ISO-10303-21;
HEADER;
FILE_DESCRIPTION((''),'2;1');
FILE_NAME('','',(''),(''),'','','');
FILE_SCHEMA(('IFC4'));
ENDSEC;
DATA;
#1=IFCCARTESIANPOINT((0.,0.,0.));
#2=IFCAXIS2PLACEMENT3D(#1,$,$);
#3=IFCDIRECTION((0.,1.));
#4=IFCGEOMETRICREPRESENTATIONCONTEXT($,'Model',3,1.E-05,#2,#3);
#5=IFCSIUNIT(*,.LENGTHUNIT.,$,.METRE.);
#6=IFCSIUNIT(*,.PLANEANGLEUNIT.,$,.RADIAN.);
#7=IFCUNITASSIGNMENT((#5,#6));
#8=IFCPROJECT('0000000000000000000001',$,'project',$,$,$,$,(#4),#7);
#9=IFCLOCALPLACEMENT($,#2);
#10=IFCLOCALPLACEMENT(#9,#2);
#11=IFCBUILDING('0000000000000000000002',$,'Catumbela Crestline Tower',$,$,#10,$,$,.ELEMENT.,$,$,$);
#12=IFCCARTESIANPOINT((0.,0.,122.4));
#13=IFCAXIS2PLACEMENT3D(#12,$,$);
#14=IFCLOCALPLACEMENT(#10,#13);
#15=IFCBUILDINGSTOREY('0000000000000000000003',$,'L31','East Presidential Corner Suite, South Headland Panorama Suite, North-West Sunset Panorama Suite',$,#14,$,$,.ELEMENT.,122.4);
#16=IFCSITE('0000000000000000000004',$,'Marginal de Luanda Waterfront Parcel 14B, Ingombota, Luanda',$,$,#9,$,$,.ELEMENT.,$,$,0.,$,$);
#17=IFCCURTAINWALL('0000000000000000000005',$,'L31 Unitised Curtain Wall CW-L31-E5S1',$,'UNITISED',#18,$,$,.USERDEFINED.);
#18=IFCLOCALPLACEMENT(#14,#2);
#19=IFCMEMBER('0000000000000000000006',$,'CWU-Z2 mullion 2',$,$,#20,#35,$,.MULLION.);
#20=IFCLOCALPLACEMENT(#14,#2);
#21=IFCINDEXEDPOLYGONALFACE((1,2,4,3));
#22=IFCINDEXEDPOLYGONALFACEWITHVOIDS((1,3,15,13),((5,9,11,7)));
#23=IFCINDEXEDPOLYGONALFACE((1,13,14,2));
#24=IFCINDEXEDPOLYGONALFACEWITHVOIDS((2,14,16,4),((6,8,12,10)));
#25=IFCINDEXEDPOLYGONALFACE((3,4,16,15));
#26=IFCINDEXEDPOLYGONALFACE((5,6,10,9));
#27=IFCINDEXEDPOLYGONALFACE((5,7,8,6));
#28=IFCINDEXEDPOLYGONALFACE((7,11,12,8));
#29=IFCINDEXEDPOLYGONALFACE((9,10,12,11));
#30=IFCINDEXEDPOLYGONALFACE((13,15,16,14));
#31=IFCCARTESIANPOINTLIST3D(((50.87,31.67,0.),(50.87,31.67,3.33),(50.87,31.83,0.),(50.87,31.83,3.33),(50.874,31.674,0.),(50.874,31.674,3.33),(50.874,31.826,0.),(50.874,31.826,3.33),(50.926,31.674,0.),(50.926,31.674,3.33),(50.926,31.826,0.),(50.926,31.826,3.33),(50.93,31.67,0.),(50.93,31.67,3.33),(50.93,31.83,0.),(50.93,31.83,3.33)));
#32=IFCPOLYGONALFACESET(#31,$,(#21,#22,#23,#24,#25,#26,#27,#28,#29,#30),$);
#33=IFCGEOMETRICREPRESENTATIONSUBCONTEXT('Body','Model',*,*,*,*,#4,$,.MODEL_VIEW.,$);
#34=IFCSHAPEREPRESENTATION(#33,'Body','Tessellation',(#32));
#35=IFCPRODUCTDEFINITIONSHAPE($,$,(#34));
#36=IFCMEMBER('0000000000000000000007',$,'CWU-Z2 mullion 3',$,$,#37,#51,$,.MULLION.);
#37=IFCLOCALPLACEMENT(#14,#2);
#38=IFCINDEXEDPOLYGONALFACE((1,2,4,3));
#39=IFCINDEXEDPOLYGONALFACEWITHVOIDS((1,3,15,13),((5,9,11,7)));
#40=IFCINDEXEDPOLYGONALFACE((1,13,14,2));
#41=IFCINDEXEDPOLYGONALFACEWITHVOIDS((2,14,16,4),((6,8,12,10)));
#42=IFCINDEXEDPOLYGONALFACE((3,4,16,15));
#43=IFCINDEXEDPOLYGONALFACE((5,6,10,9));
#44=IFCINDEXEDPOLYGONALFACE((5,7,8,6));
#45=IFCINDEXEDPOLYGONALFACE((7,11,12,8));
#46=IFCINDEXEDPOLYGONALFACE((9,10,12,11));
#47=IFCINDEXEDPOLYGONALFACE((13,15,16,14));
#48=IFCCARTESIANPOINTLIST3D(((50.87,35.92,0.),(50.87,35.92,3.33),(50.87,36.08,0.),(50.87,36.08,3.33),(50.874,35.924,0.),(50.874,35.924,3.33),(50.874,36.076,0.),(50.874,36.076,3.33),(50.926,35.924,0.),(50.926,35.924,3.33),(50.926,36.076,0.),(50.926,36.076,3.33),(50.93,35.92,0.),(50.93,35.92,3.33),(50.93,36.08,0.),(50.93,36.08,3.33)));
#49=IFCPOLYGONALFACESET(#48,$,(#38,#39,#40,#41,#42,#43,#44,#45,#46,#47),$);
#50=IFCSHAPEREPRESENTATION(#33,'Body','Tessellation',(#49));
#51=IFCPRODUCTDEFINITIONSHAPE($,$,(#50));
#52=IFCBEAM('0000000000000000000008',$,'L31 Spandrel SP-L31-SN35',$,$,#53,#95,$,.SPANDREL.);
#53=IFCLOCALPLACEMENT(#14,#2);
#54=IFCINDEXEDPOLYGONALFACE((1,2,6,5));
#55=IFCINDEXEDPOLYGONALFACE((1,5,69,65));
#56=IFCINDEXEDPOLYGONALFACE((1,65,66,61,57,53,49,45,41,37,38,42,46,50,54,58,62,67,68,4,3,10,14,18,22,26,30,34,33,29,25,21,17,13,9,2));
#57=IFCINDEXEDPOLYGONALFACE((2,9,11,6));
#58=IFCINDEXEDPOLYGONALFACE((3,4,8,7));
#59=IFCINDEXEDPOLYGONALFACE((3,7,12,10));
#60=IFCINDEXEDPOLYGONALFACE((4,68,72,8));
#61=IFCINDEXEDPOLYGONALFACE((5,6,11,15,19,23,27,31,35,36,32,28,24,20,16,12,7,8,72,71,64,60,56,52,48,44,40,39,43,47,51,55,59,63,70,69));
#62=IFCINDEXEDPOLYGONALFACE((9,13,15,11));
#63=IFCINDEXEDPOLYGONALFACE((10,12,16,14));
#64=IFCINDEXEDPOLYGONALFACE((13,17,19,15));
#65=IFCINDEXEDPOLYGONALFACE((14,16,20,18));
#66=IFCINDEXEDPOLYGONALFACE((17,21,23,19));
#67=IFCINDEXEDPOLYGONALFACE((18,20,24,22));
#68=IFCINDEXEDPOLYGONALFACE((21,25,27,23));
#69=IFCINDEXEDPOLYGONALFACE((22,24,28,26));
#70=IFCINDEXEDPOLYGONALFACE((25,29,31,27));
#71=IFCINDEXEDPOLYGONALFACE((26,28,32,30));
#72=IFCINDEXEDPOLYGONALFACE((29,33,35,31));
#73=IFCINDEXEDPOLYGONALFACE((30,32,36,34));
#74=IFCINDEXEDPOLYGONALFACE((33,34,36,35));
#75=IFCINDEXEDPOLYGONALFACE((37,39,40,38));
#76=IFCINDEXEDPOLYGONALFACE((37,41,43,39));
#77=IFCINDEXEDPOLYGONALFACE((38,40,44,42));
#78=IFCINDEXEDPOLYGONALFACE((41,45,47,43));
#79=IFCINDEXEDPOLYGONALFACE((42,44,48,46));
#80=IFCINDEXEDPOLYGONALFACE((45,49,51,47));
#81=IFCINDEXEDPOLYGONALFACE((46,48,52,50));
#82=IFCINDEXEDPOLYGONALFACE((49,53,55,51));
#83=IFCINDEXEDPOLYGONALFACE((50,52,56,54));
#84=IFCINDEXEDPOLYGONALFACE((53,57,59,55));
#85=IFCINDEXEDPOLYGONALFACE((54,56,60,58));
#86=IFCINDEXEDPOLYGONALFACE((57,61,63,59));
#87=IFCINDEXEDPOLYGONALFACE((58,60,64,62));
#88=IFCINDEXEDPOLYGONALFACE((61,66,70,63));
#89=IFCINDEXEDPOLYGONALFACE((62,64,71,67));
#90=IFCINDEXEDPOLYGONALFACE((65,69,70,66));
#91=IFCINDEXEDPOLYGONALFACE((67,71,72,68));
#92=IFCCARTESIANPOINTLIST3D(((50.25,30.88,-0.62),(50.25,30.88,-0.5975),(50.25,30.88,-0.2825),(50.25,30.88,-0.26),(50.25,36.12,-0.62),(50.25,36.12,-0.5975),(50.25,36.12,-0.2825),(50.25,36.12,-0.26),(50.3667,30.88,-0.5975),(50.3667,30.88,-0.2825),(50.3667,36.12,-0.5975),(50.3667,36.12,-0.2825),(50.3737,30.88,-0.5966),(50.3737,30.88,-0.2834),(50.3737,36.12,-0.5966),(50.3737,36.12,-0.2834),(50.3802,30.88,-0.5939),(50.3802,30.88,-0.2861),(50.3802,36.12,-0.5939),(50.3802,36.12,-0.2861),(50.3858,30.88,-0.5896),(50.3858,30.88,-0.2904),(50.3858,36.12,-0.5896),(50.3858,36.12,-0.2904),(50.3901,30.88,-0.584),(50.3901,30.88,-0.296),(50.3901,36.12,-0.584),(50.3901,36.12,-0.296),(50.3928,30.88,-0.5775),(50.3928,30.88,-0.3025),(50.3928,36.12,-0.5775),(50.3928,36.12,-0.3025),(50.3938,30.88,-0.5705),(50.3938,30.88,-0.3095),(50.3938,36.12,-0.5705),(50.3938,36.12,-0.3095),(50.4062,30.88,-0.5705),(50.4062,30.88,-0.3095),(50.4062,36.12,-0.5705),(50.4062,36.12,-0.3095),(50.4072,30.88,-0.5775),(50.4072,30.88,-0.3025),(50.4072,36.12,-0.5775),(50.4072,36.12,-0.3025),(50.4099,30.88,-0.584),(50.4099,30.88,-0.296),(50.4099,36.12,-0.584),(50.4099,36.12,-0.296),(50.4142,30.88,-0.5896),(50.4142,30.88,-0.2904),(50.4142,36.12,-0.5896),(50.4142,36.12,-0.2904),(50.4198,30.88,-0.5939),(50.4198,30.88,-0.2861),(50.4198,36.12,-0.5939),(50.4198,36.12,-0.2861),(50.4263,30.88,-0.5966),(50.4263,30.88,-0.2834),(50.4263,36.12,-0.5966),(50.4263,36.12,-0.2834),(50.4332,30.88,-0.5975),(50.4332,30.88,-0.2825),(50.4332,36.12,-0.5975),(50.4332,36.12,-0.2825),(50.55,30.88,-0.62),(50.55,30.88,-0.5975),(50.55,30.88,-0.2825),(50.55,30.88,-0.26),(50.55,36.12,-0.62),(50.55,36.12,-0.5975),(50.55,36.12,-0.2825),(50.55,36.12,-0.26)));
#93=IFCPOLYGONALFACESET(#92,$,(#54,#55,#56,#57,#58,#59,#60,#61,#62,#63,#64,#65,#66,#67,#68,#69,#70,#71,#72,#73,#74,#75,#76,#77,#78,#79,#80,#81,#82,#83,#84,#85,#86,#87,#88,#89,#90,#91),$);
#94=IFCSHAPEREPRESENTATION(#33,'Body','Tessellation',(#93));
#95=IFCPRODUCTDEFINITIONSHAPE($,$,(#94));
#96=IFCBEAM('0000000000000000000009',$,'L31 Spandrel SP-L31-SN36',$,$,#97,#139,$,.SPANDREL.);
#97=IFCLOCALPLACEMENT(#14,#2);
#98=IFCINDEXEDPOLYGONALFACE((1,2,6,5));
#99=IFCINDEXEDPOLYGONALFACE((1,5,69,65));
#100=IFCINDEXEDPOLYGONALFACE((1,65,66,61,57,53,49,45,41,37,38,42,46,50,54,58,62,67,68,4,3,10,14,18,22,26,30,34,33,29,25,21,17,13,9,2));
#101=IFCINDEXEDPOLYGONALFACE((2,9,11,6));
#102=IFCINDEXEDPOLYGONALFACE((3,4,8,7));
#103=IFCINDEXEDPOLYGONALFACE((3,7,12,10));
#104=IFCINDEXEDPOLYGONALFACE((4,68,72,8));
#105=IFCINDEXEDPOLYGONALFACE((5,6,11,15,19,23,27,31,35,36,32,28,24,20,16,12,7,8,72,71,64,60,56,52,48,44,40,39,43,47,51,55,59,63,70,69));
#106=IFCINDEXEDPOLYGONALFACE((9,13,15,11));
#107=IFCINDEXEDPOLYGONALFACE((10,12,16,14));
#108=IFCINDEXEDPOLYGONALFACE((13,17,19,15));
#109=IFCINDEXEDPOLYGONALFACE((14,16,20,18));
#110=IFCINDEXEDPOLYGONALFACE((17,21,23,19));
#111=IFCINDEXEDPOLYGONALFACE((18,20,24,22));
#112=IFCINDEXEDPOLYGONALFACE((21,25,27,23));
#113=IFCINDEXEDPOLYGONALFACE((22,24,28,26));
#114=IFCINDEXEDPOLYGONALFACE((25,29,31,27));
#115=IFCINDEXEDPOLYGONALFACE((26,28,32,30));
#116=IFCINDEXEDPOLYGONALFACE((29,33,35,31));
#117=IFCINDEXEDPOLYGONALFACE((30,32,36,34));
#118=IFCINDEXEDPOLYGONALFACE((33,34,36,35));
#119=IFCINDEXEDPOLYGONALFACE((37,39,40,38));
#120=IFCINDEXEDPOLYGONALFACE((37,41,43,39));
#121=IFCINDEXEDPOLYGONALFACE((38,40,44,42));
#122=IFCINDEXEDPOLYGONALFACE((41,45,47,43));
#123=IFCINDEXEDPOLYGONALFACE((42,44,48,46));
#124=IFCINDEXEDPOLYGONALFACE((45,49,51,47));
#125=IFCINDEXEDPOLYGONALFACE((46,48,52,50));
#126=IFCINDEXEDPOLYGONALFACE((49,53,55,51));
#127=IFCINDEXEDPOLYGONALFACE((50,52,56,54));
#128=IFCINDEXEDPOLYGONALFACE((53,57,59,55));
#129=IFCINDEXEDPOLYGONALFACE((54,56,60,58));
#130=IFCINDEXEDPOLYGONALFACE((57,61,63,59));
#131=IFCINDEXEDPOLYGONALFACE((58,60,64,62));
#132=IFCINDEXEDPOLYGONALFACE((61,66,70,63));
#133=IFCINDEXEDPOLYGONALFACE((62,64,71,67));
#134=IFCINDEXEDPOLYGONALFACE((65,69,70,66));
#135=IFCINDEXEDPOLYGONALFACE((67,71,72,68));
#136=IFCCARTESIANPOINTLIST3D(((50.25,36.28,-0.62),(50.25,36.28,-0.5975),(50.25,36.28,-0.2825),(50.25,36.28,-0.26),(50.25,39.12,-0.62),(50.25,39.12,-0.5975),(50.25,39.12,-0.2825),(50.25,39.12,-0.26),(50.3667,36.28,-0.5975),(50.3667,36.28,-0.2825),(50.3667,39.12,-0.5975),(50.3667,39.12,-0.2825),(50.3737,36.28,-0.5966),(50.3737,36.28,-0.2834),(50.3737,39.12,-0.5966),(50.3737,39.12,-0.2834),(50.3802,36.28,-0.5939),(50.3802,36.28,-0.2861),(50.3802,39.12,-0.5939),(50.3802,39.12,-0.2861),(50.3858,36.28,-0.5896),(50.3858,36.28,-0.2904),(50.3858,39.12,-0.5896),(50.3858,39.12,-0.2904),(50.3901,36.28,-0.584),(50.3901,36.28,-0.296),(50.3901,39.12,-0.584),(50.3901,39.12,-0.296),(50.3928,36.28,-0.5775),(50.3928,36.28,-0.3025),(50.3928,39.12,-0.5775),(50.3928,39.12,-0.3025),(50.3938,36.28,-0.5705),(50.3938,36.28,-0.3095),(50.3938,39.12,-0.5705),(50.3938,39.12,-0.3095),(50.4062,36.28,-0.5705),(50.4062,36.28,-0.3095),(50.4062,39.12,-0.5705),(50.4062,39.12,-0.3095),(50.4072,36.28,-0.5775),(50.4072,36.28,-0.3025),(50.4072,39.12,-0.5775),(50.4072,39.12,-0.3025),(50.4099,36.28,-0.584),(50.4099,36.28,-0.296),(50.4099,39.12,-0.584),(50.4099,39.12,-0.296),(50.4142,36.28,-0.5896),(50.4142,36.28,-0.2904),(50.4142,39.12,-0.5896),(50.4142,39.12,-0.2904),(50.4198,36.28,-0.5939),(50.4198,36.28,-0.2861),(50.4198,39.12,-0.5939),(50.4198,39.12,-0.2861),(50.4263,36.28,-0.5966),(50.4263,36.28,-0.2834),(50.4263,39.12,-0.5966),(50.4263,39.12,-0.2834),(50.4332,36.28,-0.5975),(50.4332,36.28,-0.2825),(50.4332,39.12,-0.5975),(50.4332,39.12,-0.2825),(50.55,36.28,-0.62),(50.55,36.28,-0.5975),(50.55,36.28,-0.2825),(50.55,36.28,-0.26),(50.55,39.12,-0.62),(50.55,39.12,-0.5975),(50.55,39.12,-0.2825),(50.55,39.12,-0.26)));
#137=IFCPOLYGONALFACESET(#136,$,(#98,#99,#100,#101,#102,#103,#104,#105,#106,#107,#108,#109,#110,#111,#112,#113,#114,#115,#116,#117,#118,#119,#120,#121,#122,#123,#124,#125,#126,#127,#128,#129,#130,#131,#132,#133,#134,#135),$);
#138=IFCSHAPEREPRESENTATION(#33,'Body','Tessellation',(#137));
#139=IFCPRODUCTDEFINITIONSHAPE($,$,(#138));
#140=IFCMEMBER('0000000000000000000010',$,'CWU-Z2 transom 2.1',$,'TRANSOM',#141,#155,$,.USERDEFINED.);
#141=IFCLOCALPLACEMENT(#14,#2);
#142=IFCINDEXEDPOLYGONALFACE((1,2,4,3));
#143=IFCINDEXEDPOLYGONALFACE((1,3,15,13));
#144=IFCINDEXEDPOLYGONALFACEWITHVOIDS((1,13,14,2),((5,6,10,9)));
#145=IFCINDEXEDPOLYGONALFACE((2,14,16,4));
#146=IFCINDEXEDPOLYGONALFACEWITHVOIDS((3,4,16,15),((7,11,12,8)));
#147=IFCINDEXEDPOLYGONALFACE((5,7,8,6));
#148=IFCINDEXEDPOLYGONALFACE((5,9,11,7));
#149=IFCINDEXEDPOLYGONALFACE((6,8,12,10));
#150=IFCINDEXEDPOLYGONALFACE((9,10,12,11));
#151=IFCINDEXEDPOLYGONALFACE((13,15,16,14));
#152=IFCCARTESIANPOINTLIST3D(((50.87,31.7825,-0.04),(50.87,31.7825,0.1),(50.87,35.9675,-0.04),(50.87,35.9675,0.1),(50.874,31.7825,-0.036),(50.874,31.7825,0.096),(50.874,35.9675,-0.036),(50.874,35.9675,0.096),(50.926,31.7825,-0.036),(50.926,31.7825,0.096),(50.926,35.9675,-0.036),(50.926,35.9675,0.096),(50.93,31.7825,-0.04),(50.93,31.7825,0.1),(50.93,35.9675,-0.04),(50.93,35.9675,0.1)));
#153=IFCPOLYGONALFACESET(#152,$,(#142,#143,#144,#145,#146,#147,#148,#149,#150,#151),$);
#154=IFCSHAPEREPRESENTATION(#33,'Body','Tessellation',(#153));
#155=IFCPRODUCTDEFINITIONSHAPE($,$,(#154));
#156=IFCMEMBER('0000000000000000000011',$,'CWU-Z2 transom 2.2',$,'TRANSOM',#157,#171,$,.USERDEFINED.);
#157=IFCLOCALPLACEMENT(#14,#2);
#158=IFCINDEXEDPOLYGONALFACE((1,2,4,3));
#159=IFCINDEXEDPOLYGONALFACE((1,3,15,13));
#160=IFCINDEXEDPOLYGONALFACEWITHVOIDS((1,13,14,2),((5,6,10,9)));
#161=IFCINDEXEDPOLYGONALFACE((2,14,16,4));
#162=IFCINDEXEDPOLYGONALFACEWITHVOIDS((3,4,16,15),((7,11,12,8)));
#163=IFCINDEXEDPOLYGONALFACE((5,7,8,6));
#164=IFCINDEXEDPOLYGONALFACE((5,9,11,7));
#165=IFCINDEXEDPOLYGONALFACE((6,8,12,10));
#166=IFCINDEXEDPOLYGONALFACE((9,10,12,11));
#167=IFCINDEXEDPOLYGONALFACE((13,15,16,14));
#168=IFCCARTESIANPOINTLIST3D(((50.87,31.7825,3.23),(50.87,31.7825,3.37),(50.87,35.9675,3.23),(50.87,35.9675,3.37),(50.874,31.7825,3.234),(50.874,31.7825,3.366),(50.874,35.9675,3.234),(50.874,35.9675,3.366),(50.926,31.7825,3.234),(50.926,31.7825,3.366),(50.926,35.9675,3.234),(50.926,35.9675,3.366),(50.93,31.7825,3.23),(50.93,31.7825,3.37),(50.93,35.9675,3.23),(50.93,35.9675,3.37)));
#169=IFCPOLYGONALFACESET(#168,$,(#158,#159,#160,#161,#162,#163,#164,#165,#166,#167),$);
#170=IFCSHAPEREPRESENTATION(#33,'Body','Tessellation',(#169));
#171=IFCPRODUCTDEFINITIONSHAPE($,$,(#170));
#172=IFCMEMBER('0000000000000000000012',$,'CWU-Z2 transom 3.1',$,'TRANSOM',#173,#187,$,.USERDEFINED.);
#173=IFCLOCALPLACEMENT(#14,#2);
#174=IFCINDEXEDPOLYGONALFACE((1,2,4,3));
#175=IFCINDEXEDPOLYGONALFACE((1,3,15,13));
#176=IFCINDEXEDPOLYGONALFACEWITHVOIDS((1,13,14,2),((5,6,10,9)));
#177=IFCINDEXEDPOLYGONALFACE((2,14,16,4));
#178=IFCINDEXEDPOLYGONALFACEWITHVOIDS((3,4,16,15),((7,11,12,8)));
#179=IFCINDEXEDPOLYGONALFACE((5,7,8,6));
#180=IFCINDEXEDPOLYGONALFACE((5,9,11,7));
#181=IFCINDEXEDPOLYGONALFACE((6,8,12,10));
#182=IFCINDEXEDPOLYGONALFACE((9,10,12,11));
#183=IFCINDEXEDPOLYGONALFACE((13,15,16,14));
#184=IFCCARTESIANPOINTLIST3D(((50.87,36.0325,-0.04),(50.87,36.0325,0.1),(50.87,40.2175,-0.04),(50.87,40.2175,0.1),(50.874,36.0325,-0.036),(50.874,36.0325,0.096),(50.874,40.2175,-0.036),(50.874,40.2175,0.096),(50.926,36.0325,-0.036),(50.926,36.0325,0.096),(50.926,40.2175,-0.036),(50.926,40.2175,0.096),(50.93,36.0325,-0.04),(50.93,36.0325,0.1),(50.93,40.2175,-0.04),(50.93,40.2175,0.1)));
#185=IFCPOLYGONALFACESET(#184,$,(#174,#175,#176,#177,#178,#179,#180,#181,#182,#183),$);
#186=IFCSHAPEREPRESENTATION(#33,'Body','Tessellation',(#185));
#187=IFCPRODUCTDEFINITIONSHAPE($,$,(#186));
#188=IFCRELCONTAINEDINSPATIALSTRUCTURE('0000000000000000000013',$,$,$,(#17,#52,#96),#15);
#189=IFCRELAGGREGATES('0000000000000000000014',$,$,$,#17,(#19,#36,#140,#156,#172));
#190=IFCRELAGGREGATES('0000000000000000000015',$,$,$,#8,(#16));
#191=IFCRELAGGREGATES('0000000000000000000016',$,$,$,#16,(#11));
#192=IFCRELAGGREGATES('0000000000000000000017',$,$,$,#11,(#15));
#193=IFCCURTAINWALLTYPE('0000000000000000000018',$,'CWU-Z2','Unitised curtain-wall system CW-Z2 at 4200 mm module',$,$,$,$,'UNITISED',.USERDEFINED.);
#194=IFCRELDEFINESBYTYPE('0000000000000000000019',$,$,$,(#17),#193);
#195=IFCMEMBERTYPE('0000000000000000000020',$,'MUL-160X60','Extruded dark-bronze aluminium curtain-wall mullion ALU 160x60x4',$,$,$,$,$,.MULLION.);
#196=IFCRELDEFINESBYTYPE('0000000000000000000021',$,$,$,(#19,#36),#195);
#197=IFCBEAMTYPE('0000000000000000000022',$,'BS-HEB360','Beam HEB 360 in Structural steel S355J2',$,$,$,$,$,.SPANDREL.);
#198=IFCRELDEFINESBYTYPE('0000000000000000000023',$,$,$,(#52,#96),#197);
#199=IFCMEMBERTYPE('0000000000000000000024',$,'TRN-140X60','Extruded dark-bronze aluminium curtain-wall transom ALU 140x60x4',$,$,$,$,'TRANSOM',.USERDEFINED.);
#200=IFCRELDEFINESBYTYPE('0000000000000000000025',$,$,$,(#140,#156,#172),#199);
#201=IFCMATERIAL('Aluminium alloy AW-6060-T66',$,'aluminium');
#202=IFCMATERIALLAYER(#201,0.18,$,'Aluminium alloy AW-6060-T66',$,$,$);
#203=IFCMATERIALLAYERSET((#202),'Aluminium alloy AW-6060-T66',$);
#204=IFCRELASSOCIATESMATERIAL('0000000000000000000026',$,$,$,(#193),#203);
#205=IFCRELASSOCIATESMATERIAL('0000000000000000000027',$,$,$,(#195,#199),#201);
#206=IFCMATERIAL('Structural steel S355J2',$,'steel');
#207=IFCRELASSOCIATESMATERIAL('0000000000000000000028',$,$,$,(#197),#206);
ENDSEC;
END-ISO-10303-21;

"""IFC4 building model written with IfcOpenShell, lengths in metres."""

from ifc_helpers import new_model, si_unit, direction, frame, origin, origin_2d, place, context, subcontext, project, spatial, hollow_rectangle, i_section, extrude, material, layer, layer_set, material_profile, profile_set, type_object, element, aggregate, save


model = new_model("IFC4")

# Units and contexts
model_context = context("Model", 3, precision=1e-05, world=origin(), true_north=direction((0.0, 1.0)))
body_context = subcontext(model_context, "Body", "Model", "MODEL_VIEW")
ifc_project = project(units=[si_unit("LENGTHUNIT", "METRE"), si_unit("PLANEANGLEUNIT", "RADIAN")], contexts=[model_context])

# Site, building, storey
site_placement = place(None, origin())
site = spatial("IfcSite", under=ifc_project, at=site_placement, Name="Marginal de Luanda Waterfront Parcel 14B, Ingombota, Luanda", CompositionType="ELEMENT", RefElevation=0.0)
building_placement = place(site_placement, origin())
building = spatial("IfcBuilding", under=site, at=building_placement, Name="Catumbela Crestline Tower", CompositionType="ELEMENT")
storey_placement = place(building_placement, frame((0.0, 0.0, 122.4)))
storey = spatial("IfcBuildingStorey", under=building, at=storey_placement, Name="L31", Description="East Presidential Corner Suite, South Headland Panorama Suite, North-West Sunset Panorama Suite", CompositionType="ELEMENT", Elevation=122.4)

# Shared definitions
ifc_material_1 = material(Name="Structural steel S355J2", Category="steel")

# Curtain wall, members
ifc_material_2 = material(Name="Aluminium alloy AW-6060-T66", Category="aluminium")
ifc_layer_1 = layer(ifc_material_2, 0.18, Name="Aluminium alloy AW-6060-T66")
ifc_layer_set_1 = layer_set([ifc_layer_1], Name="Aluminium alloy AW-6060-T66")
curtain_wall_type = type_object("IfcCurtainWallType", Name="CWU-Z2", Description="Unitised curtain-wall system CW-Z2 at 4200 mm module", ElementType="UNITISED", PredefinedType="USERDEFINED", material=ifc_layer_set_1)
curtain_wall_placement = place(storey_placement, origin())
curtain_wall = element("IfcCurtainWall", 1, at=curtain_wall_placement, inside=storey, type_object=curtain_wall_type, Name="L31 Unitised Curtain Wall CW-L31-E5S1", ObjectType="UNITISED", PredefinedType="USERDEFINED")
ifc_material_profile_1 = material_profile(ifc_material_2, hollow_rectangle(XDim=0.06, YDim=0.16, WallThickness=0.004, at=origin_2d()), Name="ALU 160x60x4")
ifc_profile_set_1 = profile_set([ifc_material_profile_1], Name="Aluminium alloy AW-6060-T66")
member_type_1 = type_object("IfcMemberType", Name="MUL-160X60", Description="Extruded dark-bronze aluminium curtain-wall mullion ALU 160x60x4", PredefinedType="MULLION", material=ifc_profile_set_1)
member_1_placement = place(storey_placement, frame((50.9, 31.75, 0.0), z_axis=(0.0, 0.0, 1.0), x_axis=(-1.0, 0.0, 0.0)))
member_1 = element("IfcMember", 2, at=member_1_placement, type_object=member_type_1, Name="CWU-Z2 mullion 2", PredefinedType="MULLION", context=body_context, shape_type="SweptSolid", body=[
    extrude(hollow_rectangle(XDim=0.06, YDim=0.16, WallThickness=0.004, at=origin_2d()), origin(), (0.0, 0.0, 1.0), 3.33),
])
member_2_placement = place(storey_placement, frame((50.9, 36.0, 0.0), z_axis=(0.0, 0.0, 1.0), x_axis=(-1.0, 0.0, 0.0)))
member_2 = element("IfcMember", 3, at=member_2_placement, type_object=member_type_1, Name="CWU-Z2 mullion 3", PredefinedType="MULLION", context=body_context, shape_type="SweptSolid", body=[
    extrude(hollow_rectangle(XDim=0.06, YDim=0.16, WallThickness=0.004, at=origin_2d()), origin(), (0.0, 0.0, 1.0), 3.33),
])

# Beams
ifc_material_profile_2 = material_profile(ifc_material_1, i_section(OverallWidth=0.3, OverallDepth=0.36, WebThickness=0.0125, FlangeThickness=0.0225, FilletRadius=0.027, at=origin_2d()), Name="HEB 360")
ifc_profile_set_2 = profile_set([ifc_material_profile_2], Name="Structural steel S355J2")
beam_type_1 = type_object("IfcBeamType", Name="BS-HEB360", Description="Beam HEB 360 in Structural steel S355J2", PredefinedType="SPANDREL", material=ifc_profile_set_2)
beam_1_placement = place(storey_placement, frame((50.4, 30.88, -0.44), z_axis=(0.0, 1.0, 0.0), x_axis=(-1.0, 0.0, 0.0)))
element("IfcBeam", 4, at=beam_1_placement, inside=storey, type_object=beam_type_1, Name="L31 Spandrel SP-L31-SN35", PredefinedType="SPANDREL", context=body_context, shape_type="SweptSolid", body=[
    extrude(i_section(OverallWidth=0.3, OverallDepth=0.36, WebThickness=0.0125, FlangeThickness=0.0225, FilletRadius=0.027, at=origin_2d()), origin(), (0.0, 0.0, 1.0), 5.24),
])
beam_2_placement = place(storey_placement, frame((50.4, 36.28, -0.44), z_axis=(0.0, 1.0, 0.0), x_axis=(-1.0, 0.0, 0.0)))
element("IfcBeam", 5, at=beam_2_placement, inside=storey, type_object=beam_type_1, Name="L31 Spandrel SP-L31-SN36", PredefinedType="SPANDREL", context=body_context, shape_type="SweptSolid", body=[
    extrude(i_section(OverallWidth=0.3, OverallDepth=0.36, WebThickness=0.0125, FlangeThickness=0.0225, FilletRadius=0.027, at=origin_2d()), origin(), (0.0, 0.0, 1.0), 2.84),
])

# Members
ifc_material_profile_3 = material_profile(ifc_material_2, hollow_rectangle(XDim=0.06, YDim=0.14, WallThickness=0.004, at=origin_2d()), Name="ALU 140x60x4")
ifc_profile_set_3 = profile_set([ifc_material_profile_3], Name="Aluminium alloy AW-6060-T66")
member_type_2 = type_object("IfcMemberType", Name="TRN-140X60", Description="Extruded dark-bronze aluminium curtain-wall transom ALU 140x60x4", ElementType="TRANSOM", PredefinedType="USERDEFINED", material=ifc_profile_set_3)
member_3_placement = place(storey_placement, frame((50.9, 31.7825, 0.03), z_axis=(0.0, 1.0, 0.0), x_axis=(-1.0, 0.0, 0.0)))
member_3 = element("IfcMember", 6, at=member_3_placement, type_object=member_type_2, Name="CWU-Z2 transom 2.1", ObjectType="TRANSOM", PredefinedType="USERDEFINED", context=body_context, shape_type="SweptSolid", body=[
    extrude(hollow_rectangle(XDim=0.06, YDim=0.14, WallThickness=0.004, at=origin_2d()), origin(), (0.0, 0.0, 1.0), 4.185),
])
member_4_placement = place(storey_placement, frame((50.9, 31.7825, 3.3), z_axis=(0.0, 1.0, 0.0), x_axis=(-1.0, 0.0, 0.0)))
member_4 = element("IfcMember", 7, at=member_4_placement, type_object=member_type_2, Name="CWU-Z2 transom 2.2", ObjectType="TRANSOM", PredefinedType="USERDEFINED", context=body_context, shape_type="SweptSolid", body=[
    extrude(hollow_rectangle(XDim=0.06, YDim=0.14, WallThickness=0.004, at=origin_2d()), origin(), (0.0, 0.0, 1.0), 4.185),
])
member_5_placement = place(storey_placement, frame((50.9, 36.0325, 0.03), z_axis=(0.0, 1.0, 0.0), x_axis=(-1.0, 0.0, 0.0)))
member_5 = element("IfcMember", 8, at=member_5_placement, type_object=member_type_2, Name="CWU-Z2 transom 3.1", ObjectType="TRANSOM", PredefinedType="USERDEFINED", context=body_context, shape_type="SweptSolid", body=[
    extrude(hollow_rectangle(XDim=0.06, YDim=0.14, WallThickness=0.004, at=origin_2d()), origin(), (0.0, 0.0, 1.0), 4.185),
])

aggregate(curtain_wall, [member_1, member_2, member_3, member_4, member_5])

save(model, "model.ifc")
